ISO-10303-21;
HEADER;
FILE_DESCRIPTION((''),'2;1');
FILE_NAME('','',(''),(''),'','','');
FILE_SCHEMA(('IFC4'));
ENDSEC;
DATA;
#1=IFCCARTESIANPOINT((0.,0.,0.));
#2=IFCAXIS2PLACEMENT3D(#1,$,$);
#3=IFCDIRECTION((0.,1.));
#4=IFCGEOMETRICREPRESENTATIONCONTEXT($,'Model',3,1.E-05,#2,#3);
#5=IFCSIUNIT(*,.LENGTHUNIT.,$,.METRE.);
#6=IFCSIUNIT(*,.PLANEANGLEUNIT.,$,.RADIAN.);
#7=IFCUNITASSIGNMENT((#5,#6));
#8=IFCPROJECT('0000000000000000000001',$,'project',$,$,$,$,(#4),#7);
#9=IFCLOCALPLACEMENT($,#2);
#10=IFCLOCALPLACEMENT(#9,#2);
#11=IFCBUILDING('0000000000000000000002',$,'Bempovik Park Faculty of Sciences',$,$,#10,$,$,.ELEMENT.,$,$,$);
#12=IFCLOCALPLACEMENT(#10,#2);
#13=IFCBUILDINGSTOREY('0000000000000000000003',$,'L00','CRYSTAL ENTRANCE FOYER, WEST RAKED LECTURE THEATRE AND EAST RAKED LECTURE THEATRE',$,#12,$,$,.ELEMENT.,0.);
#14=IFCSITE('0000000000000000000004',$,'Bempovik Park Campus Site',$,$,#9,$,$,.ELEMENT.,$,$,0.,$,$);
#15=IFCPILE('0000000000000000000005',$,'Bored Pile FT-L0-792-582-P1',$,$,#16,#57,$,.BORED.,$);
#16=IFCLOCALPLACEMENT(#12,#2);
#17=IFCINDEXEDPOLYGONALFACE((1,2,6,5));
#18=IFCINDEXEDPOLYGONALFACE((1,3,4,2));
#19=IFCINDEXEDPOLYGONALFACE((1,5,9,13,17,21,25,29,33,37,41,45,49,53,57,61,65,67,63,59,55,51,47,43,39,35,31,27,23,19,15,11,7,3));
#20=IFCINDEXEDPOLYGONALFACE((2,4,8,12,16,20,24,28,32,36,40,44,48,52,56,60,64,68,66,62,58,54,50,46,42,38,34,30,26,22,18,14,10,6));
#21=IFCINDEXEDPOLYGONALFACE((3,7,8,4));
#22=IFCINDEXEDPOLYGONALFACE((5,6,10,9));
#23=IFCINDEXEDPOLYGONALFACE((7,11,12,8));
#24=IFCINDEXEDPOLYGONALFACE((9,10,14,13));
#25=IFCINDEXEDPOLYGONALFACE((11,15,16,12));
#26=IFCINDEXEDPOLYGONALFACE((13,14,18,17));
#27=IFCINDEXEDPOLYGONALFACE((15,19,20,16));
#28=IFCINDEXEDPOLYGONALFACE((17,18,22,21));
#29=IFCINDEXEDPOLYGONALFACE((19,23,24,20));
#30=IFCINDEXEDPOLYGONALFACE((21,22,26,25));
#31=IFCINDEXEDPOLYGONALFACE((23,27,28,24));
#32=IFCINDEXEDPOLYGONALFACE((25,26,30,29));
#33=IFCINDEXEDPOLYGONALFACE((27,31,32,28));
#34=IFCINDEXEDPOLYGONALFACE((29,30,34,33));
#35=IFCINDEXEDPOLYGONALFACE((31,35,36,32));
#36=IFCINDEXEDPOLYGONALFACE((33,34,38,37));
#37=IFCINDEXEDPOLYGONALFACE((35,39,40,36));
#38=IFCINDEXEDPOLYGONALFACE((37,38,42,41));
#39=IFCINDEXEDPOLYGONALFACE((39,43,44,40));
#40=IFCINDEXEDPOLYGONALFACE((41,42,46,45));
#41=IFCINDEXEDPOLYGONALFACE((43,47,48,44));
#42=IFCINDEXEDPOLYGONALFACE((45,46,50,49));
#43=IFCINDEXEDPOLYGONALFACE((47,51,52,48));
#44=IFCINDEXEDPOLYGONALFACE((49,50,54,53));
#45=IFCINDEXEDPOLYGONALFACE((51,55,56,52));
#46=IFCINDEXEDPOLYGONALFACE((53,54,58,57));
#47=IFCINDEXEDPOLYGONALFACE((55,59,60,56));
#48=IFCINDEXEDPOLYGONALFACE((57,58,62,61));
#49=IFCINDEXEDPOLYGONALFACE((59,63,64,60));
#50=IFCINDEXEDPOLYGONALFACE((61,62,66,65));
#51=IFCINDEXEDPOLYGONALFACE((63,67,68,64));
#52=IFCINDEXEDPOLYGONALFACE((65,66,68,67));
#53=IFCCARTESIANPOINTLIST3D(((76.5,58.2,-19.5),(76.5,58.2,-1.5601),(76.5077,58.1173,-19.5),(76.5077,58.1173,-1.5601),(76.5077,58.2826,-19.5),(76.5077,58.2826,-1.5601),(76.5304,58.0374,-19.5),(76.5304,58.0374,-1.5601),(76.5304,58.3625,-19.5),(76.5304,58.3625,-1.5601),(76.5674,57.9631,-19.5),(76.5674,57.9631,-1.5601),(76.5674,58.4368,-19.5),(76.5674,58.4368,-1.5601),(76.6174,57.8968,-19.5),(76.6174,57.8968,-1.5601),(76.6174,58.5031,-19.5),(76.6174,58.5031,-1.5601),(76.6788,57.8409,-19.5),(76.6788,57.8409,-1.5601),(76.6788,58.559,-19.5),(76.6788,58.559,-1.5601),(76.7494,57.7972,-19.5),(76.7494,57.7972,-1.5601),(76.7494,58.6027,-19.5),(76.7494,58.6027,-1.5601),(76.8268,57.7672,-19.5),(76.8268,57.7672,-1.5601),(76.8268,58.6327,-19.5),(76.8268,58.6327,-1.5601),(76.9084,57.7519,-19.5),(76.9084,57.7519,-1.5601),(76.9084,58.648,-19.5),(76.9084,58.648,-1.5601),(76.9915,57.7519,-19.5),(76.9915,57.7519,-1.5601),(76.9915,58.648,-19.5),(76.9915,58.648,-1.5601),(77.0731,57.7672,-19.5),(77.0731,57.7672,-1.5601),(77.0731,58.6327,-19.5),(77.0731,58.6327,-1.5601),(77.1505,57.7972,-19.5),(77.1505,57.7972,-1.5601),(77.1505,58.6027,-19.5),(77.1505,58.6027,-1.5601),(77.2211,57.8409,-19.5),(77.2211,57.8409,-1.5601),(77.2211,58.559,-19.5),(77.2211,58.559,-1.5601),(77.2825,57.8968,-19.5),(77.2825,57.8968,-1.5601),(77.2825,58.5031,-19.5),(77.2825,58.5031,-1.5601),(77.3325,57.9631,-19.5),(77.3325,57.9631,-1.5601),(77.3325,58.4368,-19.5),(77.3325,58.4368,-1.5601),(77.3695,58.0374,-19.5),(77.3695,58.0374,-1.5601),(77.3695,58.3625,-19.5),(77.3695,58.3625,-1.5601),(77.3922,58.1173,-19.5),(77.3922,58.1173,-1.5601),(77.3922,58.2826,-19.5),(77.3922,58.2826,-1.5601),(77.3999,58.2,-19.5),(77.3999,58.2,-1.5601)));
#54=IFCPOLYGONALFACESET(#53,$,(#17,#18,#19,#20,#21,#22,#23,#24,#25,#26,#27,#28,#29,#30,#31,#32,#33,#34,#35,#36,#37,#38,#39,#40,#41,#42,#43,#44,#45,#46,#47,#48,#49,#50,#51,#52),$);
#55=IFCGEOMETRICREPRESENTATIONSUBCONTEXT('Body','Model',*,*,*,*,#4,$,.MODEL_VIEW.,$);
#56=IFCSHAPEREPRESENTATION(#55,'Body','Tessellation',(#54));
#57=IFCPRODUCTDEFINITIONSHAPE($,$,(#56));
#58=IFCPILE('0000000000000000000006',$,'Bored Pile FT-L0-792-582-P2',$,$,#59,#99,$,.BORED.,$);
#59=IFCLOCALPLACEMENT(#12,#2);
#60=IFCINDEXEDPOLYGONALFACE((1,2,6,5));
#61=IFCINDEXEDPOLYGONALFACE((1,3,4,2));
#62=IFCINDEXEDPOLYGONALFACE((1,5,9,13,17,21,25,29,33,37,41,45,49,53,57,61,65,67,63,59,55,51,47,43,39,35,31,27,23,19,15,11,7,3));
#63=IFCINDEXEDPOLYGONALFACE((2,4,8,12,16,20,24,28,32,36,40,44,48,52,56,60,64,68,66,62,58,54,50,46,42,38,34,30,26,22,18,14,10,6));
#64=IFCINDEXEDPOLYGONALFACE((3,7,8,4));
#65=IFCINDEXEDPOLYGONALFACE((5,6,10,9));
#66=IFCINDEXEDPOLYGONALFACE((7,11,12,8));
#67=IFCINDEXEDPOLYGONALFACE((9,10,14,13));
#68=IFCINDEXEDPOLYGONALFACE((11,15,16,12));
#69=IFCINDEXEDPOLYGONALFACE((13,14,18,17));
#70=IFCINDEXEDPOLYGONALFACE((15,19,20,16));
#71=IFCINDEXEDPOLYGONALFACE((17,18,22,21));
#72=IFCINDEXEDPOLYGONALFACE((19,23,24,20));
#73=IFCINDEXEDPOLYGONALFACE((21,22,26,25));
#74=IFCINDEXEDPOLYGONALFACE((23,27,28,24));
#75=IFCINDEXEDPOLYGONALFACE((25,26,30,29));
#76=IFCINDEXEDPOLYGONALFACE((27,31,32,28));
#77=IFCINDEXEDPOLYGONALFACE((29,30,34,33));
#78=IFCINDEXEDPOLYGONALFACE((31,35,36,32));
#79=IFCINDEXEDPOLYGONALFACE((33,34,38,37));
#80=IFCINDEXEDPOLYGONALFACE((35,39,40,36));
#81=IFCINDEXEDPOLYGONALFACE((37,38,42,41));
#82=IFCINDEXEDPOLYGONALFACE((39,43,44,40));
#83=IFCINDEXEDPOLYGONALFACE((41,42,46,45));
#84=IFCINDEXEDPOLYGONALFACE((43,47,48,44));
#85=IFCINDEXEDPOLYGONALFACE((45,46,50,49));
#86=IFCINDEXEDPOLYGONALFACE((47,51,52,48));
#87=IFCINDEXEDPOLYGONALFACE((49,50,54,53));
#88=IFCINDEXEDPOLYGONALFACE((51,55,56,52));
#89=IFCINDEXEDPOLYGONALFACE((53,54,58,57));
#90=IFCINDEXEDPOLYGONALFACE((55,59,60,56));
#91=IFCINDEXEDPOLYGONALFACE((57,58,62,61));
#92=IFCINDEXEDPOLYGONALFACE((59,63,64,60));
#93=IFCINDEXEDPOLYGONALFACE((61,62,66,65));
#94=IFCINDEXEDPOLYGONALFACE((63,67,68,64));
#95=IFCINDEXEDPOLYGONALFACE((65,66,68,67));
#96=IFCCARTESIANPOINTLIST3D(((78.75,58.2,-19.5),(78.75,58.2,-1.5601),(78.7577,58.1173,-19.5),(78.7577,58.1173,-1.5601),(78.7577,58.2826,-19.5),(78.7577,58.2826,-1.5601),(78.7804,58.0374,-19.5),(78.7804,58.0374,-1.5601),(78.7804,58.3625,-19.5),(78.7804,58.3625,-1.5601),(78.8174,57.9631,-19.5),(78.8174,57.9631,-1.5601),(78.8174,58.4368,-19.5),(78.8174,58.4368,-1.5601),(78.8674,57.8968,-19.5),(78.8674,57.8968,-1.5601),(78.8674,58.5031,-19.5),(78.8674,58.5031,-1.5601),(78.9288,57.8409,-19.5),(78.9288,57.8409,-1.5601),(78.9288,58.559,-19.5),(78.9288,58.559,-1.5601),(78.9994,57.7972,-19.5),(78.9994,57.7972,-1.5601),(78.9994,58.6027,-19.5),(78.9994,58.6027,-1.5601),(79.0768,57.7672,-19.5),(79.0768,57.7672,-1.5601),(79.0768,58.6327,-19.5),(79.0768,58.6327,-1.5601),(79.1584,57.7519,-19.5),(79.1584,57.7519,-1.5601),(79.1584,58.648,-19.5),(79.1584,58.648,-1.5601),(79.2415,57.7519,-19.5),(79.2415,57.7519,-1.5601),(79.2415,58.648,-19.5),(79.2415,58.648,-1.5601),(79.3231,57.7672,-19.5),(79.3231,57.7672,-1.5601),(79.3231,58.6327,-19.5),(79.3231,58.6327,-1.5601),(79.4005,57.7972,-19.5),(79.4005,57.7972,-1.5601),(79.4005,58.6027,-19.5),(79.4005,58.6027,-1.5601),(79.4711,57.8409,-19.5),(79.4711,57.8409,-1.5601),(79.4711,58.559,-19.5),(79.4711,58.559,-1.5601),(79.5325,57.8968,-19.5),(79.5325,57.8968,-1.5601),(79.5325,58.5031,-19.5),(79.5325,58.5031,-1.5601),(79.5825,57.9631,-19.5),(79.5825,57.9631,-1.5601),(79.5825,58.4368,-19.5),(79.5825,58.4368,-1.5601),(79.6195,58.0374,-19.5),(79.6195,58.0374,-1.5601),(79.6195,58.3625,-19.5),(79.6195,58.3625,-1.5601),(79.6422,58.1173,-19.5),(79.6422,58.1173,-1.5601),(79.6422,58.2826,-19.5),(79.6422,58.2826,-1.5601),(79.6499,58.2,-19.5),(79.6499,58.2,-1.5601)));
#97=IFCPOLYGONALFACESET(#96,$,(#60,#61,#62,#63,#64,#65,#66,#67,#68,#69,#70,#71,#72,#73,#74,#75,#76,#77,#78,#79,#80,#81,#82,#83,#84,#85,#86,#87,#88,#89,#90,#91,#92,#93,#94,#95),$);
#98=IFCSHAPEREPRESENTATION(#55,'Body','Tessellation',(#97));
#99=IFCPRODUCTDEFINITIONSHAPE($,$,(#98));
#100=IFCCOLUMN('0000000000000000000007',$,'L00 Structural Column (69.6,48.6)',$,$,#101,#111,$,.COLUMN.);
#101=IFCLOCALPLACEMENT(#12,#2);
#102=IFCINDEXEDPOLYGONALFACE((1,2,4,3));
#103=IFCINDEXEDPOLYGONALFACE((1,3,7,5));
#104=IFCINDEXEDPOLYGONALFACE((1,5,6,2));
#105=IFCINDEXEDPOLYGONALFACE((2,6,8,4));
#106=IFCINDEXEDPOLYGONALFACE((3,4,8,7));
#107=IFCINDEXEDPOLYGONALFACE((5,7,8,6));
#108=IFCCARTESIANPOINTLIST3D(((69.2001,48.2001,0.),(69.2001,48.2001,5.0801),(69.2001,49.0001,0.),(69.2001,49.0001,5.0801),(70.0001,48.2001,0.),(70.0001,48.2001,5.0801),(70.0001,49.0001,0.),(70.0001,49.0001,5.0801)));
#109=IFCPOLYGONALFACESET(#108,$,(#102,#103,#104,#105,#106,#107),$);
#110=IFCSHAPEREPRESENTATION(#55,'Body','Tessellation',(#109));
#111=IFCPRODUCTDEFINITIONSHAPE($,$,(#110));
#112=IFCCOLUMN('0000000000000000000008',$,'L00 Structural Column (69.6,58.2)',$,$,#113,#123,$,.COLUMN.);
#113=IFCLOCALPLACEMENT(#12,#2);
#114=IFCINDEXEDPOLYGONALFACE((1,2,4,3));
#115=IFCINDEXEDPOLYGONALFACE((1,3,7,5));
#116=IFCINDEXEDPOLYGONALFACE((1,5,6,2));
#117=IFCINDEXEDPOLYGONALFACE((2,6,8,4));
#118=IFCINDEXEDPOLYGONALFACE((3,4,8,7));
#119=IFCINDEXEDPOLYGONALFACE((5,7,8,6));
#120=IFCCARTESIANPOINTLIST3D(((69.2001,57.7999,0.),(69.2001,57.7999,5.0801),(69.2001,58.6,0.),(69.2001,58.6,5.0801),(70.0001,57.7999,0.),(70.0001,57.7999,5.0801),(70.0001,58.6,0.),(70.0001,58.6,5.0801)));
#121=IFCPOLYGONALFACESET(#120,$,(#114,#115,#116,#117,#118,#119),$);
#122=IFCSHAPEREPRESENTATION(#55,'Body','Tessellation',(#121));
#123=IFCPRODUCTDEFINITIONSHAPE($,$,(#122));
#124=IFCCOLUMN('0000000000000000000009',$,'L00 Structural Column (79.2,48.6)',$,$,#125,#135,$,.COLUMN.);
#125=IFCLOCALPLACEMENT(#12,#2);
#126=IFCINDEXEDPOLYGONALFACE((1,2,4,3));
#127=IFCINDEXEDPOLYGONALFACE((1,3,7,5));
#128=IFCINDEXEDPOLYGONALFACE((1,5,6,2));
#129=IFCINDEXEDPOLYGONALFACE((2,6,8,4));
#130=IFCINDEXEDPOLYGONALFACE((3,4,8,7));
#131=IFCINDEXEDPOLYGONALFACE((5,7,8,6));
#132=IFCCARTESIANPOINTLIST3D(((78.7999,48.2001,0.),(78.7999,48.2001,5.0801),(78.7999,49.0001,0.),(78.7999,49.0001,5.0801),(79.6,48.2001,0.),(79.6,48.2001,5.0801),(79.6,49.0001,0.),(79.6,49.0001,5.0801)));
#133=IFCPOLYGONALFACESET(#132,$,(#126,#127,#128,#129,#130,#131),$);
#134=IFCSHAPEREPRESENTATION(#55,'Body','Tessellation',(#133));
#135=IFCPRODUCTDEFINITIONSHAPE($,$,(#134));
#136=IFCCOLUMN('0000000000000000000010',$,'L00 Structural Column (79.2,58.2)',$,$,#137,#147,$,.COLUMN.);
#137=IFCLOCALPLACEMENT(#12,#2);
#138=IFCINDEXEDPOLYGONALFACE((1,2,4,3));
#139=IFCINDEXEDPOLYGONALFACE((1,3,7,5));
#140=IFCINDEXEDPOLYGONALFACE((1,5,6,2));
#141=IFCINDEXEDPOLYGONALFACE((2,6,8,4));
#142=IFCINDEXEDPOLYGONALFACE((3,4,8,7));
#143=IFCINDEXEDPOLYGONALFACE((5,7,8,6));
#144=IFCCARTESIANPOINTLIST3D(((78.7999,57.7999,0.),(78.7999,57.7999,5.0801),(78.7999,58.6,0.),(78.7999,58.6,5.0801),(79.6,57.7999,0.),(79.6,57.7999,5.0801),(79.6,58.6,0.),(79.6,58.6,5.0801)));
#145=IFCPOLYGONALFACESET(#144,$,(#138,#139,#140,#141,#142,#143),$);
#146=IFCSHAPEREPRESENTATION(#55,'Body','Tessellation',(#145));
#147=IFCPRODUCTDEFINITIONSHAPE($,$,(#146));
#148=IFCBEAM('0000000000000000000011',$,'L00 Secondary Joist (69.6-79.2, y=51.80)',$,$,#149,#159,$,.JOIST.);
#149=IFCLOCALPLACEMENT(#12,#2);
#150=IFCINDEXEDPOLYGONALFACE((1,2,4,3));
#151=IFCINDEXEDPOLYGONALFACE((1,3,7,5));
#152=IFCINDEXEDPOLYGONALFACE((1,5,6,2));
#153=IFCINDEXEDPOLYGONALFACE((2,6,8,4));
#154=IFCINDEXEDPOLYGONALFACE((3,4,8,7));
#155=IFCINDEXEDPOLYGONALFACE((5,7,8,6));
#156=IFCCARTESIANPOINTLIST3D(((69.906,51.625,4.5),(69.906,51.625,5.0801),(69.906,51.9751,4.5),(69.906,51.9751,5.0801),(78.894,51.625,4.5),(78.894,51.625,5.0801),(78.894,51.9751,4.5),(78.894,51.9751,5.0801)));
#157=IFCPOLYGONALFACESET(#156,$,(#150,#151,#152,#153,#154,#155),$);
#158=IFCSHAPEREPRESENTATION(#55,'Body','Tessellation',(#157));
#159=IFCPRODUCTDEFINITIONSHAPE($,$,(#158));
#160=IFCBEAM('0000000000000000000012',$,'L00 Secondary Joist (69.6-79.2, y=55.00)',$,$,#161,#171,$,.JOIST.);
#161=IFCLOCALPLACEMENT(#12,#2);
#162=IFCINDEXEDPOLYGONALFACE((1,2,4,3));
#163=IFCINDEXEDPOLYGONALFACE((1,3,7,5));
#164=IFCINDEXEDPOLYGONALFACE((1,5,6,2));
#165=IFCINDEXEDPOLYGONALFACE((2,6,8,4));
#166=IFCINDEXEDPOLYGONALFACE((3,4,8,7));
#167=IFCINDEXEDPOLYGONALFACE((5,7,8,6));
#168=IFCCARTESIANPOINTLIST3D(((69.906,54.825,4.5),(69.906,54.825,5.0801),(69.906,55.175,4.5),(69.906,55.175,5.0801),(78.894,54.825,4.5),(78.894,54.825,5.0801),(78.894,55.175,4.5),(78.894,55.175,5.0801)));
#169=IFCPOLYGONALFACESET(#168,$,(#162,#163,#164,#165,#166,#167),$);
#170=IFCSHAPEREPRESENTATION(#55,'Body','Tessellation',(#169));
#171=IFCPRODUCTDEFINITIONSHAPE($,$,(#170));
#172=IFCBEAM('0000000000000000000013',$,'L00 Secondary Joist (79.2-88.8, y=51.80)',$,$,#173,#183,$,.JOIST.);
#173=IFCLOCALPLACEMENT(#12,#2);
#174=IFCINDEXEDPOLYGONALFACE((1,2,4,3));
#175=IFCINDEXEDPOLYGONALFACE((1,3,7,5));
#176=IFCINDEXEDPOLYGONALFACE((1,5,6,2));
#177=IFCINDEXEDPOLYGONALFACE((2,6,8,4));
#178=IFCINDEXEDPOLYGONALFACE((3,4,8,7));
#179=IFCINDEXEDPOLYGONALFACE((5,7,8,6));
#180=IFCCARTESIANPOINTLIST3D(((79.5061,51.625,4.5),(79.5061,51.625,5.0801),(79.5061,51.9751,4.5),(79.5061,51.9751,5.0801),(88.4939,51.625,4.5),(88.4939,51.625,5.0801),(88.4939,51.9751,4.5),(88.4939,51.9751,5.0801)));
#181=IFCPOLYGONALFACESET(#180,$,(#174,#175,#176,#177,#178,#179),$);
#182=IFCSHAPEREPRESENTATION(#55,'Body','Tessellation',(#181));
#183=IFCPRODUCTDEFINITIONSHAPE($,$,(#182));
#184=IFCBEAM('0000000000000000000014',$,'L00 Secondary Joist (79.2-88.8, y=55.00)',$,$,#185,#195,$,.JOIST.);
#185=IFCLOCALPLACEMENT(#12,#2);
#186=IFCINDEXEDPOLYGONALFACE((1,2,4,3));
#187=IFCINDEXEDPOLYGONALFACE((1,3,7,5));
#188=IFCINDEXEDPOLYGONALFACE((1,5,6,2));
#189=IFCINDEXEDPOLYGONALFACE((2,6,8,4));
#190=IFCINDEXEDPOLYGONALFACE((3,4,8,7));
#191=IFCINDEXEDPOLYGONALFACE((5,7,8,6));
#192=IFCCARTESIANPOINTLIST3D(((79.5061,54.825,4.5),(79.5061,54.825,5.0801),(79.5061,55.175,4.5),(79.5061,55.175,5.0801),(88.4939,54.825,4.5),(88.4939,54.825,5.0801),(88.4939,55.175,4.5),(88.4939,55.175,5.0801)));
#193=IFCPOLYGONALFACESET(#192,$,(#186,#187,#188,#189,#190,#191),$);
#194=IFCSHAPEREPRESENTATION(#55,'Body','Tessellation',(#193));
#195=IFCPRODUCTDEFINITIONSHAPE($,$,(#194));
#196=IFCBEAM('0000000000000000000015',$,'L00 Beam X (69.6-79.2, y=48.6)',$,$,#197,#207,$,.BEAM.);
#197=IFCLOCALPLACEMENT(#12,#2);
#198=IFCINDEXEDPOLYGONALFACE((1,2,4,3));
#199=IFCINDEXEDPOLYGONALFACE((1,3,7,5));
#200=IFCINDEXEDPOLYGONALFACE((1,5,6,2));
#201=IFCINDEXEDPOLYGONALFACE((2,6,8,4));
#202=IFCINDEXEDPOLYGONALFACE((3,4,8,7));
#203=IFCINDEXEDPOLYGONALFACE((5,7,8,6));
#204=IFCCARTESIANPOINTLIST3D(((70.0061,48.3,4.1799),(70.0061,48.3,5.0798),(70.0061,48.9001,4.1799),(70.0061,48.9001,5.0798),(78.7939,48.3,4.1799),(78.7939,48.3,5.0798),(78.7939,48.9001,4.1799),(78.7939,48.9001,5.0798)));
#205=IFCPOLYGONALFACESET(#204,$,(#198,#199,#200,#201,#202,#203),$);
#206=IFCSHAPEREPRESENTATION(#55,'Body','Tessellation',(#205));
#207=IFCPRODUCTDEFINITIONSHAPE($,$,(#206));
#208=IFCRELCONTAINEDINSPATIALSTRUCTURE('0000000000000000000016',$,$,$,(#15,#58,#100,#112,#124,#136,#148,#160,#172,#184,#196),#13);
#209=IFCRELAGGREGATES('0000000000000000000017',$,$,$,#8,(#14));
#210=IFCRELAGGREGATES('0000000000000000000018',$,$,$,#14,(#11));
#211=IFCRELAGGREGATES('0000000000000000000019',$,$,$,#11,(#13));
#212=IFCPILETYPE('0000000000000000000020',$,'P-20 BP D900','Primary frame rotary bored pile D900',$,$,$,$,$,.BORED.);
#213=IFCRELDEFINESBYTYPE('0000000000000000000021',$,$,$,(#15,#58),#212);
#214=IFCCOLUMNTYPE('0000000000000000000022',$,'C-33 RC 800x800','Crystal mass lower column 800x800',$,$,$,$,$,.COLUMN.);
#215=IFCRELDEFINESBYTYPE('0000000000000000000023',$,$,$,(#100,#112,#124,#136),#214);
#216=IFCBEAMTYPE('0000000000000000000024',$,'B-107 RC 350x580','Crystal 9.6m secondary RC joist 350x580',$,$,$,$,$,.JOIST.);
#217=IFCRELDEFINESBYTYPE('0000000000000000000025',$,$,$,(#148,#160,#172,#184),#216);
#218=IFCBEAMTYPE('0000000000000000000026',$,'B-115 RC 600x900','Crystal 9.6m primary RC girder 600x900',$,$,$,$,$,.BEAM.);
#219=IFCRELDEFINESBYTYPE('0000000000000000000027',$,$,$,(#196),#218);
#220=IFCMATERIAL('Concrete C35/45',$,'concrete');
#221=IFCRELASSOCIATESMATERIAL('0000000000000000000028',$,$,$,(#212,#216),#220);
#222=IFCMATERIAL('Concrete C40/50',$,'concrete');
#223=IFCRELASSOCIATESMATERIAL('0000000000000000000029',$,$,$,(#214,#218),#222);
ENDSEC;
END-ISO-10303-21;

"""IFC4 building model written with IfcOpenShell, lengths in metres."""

from ifc_helpers import new_model, si_unit, direction, frame, origin, origin_2d, place, context, subcontext, project, spatial, rectangle, circle, extrude, material, material_profile, profile_set, type_object, element, save


model = new_model("IFC4")

# Units and contexts
model_context = context("Model", 3, precision=1e-05, world=origin(), true_north=direction((0.0, 1.0)))
body_context = subcontext(model_context, "Body", "Model", "MODEL_VIEW")
ifc_project = project(units=[si_unit("LENGTHUNIT", "METRE"), si_unit("PLANEANGLEUNIT", "RADIAN")], contexts=[model_context])

# Site, building, storey
site_placement = place(None, origin())
site = spatial("IfcSite", under=ifc_project, at=site_placement, Name="Bempovik Park Campus Site", CompositionType="ELEMENT", RefElevation=0.0)
building_placement = place(site_placement, origin())
building = spatial("IfcBuilding", under=site, at=building_placement, Name="Bempovik Park Faculty of Sciences", CompositionType="ELEMENT")
storey_placement = place(building_placement, origin())
storey = spatial("IfcBuildingStorey", under=building, at=storey_placement, Name="L00", Description="CRYSTAL ENTRANCE FOYER, WEST RAKED LECTURE THEATRE AND EAST RAKED LECTURE THEATRE", CompositionType="ELEMENT", Elevation=0.0)

# Shared definitions
ifc_material_1 = material(Name="Concrete C35/45", Category="concrete")

# Piles
ifc_material_profile_1 = material_profile(ifc_material_1, circle(Radius=0.45, at=origin_2d()), Name="BP D900")
ifc_profile_set_1 = profile_set([ifc_material_profile_1], Name="Concrete C35/45")
pile_type = type_object("IfcPileType", Name="P-20 BP D900", Description="Primary frame rotary bored pile D900", PredefinedType="BORED", material=ifc_profile_set_1)
for number, where, z_axis, x_axis, name in (
    (1, (76.95, 58.2, -1.5601), (0.0, 0.0, -1.0), (1.0, 0.0, 0.0), "Bored Pile FT-L0-792-582-P1"),
    (2, (79.2, 58.2, -1.5601), (0.0, 0.0, -1.0), (1.0, 0.0, 0.0), "Bored Pile FT-L0-792-582-P2"),
):
    element("IfcPile", number, at=place(storey_placement, frame(where, z_axis=z_axis, x_axis=x_axis)), inside=storey, type_object=pile_type, Name=name, PredefinedType="BORED", context=body_context, shape_type="SweptSolid", body=[
        extrude(circle(Radius=0.45, at=origin_2d()), origin(), (0.0, 0.0, 1.0), 17.9399),
    ])

# Columns
ifc_material_2 = material(Name="Concrete C40/50", Category="concrete")
ifc_material_profile_2 = material_profile(ifc_material_2, rectangle(XDim=0.8, YDim=0.8, at=origin_2d()), Name="RC 800x800")
ifc_profile_set_2 = profile_set([ifc_material_profile_2], Name="Concrete C40/50")
column_type = type_object("IfcColumnType", Name="C-33 RC 800x800", Description="Crystal mass lower column 800x800", PredefinedType="COLUMN", material=ifc_profile_set_2)
for number, where, z_axis, x_axis, name in (
    (3, (69.6001, 48.6001, 0.0), (0.0, 0.0, 1.0), (1.0, 0.0, 0.0), "L00 Structural Column (69.6,48.6)"),
    (4, (69.6001, 58.2, 0.0), (0.0, 0.0, 1.0), (1.0, 0.0, 0.0), "L00 Structural Column (69.6,58.2)"),
    (5, (79.2, 48.6001, 0.0), (0.0, 0.0, 1.0), (1.0, 0.0, 0.0), "L00 Structural Column (79.2,48.6)"),
    (6, (79.2, 58.2, 0.0), (0.0, 0.0, 1.0), (1.0, 0.0, 0.0), "L00 Structural Column (79.2,58.2)"),
):
    element("IfcColumn", number, at=place(storey_placement, frame(where, z_axis=z_axis, x_axis=x_axis)), inside=storey, type_object=column_type, Name=name, PredefinedType="COLUMN", context=body_context, shape_type="SweptSolid", body=[
        extrude(rectangle(XDim=0.8, YDim=0.8, at=origin_2d()), origin(), (0.0, 0.0, 1.0), 5.0801),
    ])

# Beams
ifc_material_profile_3 = material_profile(ifc_material_1, rectangle(XDim=0.3501, YDim=0.5801, at=origin_2d()), Name="RC 350x580")
ifc_profile_set_3 = profile_set([ifc_material_profile_3], Name="Concrete C35/45")
beam_type_1 = type_object("IfcBeamType", Name="B-107 RC 350x580", Description="Crystal 9.6m secondary RC joist 350x580", PredefinedType="JOIST", material=ifc_profile_set_3)
for number, where, z_axis, x_axis, name in (
    (7, (69.906, 51.8, 4.79), (1.0, 0.0, 0.0), (0.0, 1.0, 0.0), "L00 Secondary Joist (69.6-79.2, y=51.80)"),
    (8, (69.906, 55.0, 4.79), (1.0, 0.0, 0.0), (0.0, 1.0, 0.0), "L00 Secondary Joist (69.6-79.2, y=55.00)"),
):
    element("IfcBeam", number, at=place(storey_placement, frame(where, z_axis=z_axis, x_axis=x_axis)), inside=storey, type_object=beam_type_1, Name=name, PredefinedType="JOIST", context=body_context, shape_type="SweptSolid", body=[
        extrude(rectangle(XDim=0.3501, YDim=0.5801, at=origin_2d()), origin(), (0.0, 0.0, 1.0), 8.988),
    ])
for number, where, z_axis, x_axis, name in (
    (9, (79.5061, 51.8, 4.79), (1.0, 0.0, 0.0), (0.0, 1.0, 0.0), "L00 Secondary Joist (79.2-88.8, y=51.80)"),
    (10, (79.5061, 55.0, 4.79), (1.0, 0.0, 0.0), (0.0, 1.0, 0.0), "L00 Secondary Joist (79.2-88.8, y=55.00)"),
):
    element("IfcBeam", number, at=place(storey_placement, frame(where, z_axis=z_axis, x_axis=x_axis)), inside=storey, type_object=beam_type_1, Name=name, PredefinedType="JOIST", context=body_context, shape_type="SweptSolid", body=[
        extrude(rectangle(XDim=0.3501, YDim=0.5801, at=origin_2d()), origin(), (0.0, 0.0, 1.0), 8.9878),
    ])
ifc_material_profile_4 = material_profile(ifc_material_2, rectangle(XDim=0.6001, YDim=0.8999, at=origin_2d()), Name="RC 600x900")
ifc_profile_set_4 = profile_set([ifc_material_profile_4], Name="Concrete C40/50")
beam_type_2 = type_object("IfcBeamType", Name="B-115 RC 600x900", Description="Crystal 9.6m primary RC girder 600x900", PredefinedType="BEAM", material=ifc_profile_set_4)
beam_1_placement = place(storey_placement, frame((70.0061, 48.6001, 4.6299), z_axis=(1.0, 0.0, 0.0), x_axis=(0.0, 1.0, 0.0)))
element("IfcBeam", 11, at=beam_1_placement, inside=storey, type_object=beam_type_2, Name="L00 Beam X (69.6-79.2, y=48.6)", PredefinedType="BEAM", context=body_context, shape_type="SweptSolid", body=[
    extrude(rectangle(XDim=0.6001, YDim=0.8999, at=origin_2d()), origin(), (0.0, 0.0, 1.0), 8.7878),
])

save(model, "model.ifc")
